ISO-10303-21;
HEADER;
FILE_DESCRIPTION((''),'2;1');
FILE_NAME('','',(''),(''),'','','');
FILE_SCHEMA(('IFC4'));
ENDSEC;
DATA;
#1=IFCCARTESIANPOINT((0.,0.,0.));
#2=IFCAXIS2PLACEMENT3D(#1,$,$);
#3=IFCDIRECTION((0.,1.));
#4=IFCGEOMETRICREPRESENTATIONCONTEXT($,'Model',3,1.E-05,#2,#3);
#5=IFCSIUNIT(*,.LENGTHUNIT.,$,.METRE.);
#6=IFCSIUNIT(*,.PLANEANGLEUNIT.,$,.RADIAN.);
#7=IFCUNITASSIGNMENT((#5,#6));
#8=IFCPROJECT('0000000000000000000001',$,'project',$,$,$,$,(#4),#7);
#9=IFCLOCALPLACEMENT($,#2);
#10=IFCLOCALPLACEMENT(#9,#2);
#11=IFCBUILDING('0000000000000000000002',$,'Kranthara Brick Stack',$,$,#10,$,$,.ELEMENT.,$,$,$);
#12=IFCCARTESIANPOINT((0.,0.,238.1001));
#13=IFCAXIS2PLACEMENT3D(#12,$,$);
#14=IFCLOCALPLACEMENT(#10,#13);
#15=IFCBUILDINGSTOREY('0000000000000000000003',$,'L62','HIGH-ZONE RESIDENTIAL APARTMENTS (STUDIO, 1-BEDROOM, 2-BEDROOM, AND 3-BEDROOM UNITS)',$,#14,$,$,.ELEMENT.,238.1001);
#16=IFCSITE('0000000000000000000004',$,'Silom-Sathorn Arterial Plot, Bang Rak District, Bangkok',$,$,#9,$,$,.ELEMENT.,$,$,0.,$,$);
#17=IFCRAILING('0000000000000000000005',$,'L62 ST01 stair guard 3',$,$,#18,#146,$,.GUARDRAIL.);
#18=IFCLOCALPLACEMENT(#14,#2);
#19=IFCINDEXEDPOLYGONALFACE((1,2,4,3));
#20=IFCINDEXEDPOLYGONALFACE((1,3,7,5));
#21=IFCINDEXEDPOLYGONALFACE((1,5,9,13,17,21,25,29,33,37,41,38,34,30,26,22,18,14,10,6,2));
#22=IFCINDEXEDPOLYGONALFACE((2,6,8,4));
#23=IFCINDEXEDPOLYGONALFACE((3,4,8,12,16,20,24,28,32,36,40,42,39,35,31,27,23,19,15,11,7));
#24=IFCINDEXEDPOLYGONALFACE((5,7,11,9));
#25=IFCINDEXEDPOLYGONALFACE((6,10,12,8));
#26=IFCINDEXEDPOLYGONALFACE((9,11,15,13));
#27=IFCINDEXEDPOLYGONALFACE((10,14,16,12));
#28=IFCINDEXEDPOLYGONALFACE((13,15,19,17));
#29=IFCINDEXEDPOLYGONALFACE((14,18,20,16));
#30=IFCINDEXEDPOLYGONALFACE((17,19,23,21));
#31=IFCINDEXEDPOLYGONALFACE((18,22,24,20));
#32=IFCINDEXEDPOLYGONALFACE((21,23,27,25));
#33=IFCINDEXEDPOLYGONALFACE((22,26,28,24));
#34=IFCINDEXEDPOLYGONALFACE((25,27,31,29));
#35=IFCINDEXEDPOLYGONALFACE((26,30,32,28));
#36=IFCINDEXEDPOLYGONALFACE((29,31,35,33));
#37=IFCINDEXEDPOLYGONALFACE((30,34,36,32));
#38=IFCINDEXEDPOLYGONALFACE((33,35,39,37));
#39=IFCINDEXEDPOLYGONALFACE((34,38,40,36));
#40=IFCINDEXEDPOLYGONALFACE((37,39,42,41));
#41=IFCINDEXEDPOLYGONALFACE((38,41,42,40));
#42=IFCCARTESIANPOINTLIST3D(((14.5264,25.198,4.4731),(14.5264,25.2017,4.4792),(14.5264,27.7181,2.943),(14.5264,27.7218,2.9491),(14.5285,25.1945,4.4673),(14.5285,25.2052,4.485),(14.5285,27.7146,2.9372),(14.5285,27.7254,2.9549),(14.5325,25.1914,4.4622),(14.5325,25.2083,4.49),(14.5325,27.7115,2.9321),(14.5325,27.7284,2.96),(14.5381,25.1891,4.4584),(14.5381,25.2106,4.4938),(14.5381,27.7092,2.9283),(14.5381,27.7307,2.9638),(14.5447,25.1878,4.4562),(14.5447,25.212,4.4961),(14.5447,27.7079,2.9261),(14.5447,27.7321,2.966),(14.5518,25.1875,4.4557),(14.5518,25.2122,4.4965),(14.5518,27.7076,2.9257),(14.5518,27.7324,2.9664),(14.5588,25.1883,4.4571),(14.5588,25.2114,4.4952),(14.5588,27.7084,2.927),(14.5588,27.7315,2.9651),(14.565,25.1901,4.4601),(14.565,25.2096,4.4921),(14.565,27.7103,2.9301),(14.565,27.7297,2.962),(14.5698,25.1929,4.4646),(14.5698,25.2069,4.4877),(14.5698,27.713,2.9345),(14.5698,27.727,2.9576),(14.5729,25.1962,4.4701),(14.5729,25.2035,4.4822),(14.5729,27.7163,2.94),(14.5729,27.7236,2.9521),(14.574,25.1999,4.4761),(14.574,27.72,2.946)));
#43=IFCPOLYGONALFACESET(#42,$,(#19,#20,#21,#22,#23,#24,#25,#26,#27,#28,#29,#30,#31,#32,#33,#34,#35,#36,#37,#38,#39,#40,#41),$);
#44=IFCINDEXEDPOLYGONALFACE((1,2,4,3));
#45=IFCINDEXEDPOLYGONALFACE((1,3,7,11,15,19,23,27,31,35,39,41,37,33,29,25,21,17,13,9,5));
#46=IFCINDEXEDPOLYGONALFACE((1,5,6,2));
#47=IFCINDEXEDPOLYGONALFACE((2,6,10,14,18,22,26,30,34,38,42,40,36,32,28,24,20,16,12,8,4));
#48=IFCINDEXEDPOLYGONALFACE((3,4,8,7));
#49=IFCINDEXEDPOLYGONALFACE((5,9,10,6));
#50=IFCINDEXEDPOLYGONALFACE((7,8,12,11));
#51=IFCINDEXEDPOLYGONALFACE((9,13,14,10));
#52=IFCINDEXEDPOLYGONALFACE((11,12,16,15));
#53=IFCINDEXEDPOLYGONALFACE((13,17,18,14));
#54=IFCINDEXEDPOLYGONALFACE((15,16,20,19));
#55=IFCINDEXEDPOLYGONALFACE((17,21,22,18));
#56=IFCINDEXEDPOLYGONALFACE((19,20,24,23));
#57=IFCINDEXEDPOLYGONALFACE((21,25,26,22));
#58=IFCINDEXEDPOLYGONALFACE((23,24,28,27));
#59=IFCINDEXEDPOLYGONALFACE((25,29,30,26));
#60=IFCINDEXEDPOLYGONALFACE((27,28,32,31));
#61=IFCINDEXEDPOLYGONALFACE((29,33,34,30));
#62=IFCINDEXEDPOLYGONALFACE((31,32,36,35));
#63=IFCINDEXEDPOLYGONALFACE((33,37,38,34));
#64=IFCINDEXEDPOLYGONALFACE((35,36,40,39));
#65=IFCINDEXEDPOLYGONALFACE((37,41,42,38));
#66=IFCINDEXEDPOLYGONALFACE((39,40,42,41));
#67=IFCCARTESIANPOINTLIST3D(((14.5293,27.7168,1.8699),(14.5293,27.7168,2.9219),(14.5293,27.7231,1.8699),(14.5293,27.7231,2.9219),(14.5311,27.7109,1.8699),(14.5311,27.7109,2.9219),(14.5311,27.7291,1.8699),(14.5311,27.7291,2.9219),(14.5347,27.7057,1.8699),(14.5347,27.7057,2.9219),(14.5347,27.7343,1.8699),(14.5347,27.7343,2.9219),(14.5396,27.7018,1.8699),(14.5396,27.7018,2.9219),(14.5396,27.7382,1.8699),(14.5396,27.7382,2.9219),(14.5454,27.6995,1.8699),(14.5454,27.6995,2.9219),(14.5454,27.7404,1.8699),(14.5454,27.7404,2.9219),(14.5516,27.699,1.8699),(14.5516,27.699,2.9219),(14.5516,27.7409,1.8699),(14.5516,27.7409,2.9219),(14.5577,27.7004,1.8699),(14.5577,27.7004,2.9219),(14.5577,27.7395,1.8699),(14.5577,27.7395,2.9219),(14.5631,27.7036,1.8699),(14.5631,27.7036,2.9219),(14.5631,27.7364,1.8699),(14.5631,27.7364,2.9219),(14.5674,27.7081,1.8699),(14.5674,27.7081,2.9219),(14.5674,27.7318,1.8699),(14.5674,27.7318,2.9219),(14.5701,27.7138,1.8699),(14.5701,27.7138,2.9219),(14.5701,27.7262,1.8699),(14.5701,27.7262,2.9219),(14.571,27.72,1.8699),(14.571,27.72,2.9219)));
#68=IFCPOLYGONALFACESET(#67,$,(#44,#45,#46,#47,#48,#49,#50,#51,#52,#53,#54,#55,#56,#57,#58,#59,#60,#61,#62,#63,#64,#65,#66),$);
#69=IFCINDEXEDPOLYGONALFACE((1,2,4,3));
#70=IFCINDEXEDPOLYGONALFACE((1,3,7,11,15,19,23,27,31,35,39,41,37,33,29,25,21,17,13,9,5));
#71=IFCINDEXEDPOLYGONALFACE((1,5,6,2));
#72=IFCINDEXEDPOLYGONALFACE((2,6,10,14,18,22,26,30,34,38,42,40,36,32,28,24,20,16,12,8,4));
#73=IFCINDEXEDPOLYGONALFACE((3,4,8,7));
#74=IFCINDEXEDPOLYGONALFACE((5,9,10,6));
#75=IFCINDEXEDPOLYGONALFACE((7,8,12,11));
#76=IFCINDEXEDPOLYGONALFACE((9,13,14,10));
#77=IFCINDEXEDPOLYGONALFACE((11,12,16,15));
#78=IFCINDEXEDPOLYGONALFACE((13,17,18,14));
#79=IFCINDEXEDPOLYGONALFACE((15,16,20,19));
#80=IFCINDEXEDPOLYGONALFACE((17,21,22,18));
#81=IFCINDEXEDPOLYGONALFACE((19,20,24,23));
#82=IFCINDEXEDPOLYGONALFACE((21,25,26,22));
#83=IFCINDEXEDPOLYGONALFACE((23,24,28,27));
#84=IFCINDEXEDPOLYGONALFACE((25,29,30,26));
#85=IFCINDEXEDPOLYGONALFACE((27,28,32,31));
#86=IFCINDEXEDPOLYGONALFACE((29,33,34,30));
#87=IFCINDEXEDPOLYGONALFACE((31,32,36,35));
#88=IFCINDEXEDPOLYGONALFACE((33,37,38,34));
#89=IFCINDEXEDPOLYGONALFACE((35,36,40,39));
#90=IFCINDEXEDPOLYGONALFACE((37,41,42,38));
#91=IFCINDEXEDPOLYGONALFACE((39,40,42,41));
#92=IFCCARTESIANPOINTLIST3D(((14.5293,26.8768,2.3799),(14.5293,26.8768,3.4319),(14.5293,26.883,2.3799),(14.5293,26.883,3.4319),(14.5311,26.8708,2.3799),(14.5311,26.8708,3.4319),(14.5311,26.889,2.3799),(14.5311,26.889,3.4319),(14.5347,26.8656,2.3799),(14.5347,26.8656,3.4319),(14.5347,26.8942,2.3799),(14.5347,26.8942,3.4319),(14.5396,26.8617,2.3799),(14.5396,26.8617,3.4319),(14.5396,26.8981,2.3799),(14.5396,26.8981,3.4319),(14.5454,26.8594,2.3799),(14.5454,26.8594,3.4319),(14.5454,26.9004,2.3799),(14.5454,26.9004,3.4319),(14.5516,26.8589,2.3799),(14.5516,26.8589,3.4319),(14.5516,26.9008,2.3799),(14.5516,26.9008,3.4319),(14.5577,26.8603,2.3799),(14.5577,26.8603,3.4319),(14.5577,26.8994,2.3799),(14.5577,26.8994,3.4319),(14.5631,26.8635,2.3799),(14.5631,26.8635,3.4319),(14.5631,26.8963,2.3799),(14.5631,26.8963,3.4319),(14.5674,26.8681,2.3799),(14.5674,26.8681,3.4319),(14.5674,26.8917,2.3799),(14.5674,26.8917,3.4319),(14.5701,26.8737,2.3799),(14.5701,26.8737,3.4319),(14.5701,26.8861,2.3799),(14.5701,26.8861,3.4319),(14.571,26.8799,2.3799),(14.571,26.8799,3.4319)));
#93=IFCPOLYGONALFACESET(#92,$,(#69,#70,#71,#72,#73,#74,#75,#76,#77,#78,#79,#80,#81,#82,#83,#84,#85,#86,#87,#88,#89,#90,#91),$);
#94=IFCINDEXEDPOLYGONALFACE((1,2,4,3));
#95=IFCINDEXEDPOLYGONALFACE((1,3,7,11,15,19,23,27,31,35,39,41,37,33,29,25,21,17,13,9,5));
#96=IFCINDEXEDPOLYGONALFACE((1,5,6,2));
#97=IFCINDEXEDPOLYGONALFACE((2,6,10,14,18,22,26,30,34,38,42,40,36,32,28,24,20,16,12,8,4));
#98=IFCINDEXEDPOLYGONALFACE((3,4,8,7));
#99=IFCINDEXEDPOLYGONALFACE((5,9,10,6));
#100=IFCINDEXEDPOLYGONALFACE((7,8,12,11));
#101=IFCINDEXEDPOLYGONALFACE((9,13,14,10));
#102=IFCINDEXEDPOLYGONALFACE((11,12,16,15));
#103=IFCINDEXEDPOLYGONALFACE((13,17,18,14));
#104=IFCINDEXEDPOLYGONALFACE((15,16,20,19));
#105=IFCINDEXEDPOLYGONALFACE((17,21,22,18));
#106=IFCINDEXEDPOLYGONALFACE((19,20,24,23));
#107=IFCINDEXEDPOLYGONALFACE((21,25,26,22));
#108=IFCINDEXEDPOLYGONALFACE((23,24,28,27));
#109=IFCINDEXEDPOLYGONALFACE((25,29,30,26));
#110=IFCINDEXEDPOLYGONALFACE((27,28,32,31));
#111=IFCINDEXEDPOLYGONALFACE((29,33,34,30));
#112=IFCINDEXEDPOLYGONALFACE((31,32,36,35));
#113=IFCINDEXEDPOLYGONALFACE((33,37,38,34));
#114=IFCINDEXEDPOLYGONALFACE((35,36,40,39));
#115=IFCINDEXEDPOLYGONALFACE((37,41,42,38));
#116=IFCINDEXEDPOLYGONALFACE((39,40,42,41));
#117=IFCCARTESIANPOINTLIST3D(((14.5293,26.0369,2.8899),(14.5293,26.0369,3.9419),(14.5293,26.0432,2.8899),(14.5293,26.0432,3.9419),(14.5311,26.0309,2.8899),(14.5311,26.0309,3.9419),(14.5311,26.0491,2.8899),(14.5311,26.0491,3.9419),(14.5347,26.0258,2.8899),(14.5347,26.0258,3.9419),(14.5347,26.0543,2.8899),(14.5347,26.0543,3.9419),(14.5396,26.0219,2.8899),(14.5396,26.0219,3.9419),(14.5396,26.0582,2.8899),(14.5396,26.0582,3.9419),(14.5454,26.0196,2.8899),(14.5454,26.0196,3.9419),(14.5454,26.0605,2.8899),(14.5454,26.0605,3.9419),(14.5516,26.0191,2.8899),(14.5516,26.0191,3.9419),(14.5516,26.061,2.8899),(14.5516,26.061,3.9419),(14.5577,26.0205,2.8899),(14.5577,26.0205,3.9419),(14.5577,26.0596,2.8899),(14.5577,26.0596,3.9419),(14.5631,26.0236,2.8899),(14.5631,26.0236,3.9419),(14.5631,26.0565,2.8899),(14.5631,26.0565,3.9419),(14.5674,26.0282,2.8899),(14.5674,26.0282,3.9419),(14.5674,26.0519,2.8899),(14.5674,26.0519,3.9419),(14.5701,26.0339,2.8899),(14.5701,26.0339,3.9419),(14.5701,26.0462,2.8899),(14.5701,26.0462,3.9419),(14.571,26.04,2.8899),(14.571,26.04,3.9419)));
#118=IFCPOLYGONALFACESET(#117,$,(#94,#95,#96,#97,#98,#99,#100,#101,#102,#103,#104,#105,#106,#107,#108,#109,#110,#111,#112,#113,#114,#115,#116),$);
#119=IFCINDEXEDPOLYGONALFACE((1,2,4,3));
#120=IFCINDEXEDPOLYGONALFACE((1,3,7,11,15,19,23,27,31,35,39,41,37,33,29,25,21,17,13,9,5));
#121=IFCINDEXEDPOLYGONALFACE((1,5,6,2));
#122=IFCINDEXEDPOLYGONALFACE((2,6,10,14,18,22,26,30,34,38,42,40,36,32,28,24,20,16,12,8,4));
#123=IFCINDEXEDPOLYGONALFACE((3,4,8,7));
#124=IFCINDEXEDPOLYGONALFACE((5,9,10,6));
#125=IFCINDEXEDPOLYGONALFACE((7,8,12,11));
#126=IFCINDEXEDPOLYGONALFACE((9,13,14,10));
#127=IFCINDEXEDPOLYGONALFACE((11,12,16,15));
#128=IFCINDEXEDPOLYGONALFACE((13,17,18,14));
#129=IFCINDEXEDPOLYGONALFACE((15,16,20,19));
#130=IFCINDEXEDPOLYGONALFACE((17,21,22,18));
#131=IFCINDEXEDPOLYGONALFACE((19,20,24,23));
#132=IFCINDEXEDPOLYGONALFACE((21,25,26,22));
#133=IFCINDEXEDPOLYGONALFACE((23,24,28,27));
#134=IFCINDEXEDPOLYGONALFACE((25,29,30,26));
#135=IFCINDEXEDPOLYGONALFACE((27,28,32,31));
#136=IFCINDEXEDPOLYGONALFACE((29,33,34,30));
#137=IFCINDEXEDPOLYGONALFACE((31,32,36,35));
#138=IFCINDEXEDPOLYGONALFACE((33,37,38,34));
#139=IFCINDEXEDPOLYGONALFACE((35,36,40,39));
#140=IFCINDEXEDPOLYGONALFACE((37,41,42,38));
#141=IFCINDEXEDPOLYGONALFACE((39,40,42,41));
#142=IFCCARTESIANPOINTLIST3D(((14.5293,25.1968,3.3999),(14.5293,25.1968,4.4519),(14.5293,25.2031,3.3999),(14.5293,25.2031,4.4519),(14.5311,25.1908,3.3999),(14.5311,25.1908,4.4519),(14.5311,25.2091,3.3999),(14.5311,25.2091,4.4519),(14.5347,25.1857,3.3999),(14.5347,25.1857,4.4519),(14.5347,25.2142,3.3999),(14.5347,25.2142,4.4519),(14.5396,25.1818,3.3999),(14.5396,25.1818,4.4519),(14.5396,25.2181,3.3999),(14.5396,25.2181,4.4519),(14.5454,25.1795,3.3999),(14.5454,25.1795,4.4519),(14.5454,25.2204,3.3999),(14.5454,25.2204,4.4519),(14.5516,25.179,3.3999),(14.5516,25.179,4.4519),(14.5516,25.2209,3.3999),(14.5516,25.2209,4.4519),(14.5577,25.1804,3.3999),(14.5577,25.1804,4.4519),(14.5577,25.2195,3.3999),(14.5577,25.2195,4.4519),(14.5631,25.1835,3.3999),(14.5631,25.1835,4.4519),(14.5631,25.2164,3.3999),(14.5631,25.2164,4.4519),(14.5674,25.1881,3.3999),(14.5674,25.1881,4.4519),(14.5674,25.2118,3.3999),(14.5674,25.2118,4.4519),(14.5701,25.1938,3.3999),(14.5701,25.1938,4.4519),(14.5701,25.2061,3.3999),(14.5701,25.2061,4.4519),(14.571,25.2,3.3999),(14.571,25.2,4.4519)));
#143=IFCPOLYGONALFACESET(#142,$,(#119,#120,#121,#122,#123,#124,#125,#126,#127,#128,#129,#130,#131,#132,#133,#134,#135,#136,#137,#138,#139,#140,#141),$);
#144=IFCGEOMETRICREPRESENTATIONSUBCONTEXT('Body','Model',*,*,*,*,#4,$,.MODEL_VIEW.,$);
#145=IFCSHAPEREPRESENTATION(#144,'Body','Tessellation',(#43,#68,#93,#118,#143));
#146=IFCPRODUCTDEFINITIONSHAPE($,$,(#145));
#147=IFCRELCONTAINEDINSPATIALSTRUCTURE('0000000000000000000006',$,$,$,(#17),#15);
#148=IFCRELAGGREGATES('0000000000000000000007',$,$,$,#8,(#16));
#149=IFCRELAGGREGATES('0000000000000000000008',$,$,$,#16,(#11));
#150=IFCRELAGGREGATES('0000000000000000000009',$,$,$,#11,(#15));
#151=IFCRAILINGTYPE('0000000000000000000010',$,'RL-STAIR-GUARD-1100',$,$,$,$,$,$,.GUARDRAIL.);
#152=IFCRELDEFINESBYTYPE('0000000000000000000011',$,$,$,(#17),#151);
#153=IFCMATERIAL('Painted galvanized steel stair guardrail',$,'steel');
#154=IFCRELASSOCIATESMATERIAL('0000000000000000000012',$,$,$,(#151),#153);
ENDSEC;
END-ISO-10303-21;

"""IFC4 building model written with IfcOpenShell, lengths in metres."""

from ifc_helpers import new_model, si_unit, direction, frame, origin, origin_2d, place, context, subcontext, project, spatial, circle, extrude, material, type_object, element, save


model = new_model("IFC4")

# Units and contexts
model_context = context("Model", 3, precision=1e-05, world=origin(), true_north=direction((0.0, 1.0)))
body_context = subcontext(model_context, "Body", "Model", "MODEL_VIEW")
ifc_project = project(units=[si_unit("LENGTHUNIT", "METRE"), si_unit("PLANEANGLEUNIT", "RADIAN")], contexts=[model_context])

# Site, building, storey
site_placement = place(None, origin())
site = spatial("IfcSite", under=ifc_project, at=site_placement, Name="Silom-Sathorn Arterial Plot, Bang Rak District, Bangkok", CompositionType="ELEMENT", RefElevation=0.0)
building_placement = place(site_placement, origin())
building = spatial("IfcBuilding", under=site, at=building_placement, Name="Kranthara Brick Stack", CompositionType="ELEMENT")
storey_placement = place(building_placement, frame((0.0, 0.0, 238.1001)))
storey = spatial("IfcBuildingStorey", under=building, at=storey_placement, Name="L62", Description="HIGH-ZONE RESIDENTIAL APARTMENTS (STUDIO, 1-BEDROOM, 2-BEDROOM, AND 3-BEDROOM UNITS)", CompositionType="ELEMENT", Elevation=238.1001)

# Railing
ifc_material_1 = material(Name="Painted galvanized steel stair guardrail", Category="steel")
railing_type_1 = type_object("IfcRailingType", Name="RL-STAIR-GUARD-1100", PredefinedType="GUARDRAIL", material=ifc_material_1)
railing_1_placement = place(storey_placement, frame((14.55, 27.72, 1.8699)))
element("IfcRailing", 1, at=railing_1_placement, inside=storey, type_object=railing_type_1, Name="L62 ST01 stair guard 3", PredefinedType="GUARDRAIL", context=body_context, shape_type="SweptSolid", body=[
    extrude(circle(Radius=0.0239, at=origin_2d()), frame((0.0, 0.0, 1.0762), z_axis=(0.0, -0.854785, 0.518982), x_axis=(1.0, 0.0, 0.0)), (0.0, 0.0, 1.0), 2.9482),
    extrude(circle(Radius=0.021, at=origin_2d()), origin(), (0.0, 0.0, 1.0), 1.052),
    extrude(circle(Radius=0.021, at=origin_2d()), frame((0.0, -0.8401, 0.51)), (0.0, 0.0, 1.0), 1.052),
    extrude(circle(Radius=0.021, at=origin_2d()), frame((0.0, -1.6799, 1.02)), (0.0, 0.0, 1.0), 1.052),
    extrude(circle(Radius=0.021, at=origin_2d()), frame((0.0, -2.52, 1.53)), (0.0, 0.0, 1.0), 1.052),
])

save(model, "model.ifc")
